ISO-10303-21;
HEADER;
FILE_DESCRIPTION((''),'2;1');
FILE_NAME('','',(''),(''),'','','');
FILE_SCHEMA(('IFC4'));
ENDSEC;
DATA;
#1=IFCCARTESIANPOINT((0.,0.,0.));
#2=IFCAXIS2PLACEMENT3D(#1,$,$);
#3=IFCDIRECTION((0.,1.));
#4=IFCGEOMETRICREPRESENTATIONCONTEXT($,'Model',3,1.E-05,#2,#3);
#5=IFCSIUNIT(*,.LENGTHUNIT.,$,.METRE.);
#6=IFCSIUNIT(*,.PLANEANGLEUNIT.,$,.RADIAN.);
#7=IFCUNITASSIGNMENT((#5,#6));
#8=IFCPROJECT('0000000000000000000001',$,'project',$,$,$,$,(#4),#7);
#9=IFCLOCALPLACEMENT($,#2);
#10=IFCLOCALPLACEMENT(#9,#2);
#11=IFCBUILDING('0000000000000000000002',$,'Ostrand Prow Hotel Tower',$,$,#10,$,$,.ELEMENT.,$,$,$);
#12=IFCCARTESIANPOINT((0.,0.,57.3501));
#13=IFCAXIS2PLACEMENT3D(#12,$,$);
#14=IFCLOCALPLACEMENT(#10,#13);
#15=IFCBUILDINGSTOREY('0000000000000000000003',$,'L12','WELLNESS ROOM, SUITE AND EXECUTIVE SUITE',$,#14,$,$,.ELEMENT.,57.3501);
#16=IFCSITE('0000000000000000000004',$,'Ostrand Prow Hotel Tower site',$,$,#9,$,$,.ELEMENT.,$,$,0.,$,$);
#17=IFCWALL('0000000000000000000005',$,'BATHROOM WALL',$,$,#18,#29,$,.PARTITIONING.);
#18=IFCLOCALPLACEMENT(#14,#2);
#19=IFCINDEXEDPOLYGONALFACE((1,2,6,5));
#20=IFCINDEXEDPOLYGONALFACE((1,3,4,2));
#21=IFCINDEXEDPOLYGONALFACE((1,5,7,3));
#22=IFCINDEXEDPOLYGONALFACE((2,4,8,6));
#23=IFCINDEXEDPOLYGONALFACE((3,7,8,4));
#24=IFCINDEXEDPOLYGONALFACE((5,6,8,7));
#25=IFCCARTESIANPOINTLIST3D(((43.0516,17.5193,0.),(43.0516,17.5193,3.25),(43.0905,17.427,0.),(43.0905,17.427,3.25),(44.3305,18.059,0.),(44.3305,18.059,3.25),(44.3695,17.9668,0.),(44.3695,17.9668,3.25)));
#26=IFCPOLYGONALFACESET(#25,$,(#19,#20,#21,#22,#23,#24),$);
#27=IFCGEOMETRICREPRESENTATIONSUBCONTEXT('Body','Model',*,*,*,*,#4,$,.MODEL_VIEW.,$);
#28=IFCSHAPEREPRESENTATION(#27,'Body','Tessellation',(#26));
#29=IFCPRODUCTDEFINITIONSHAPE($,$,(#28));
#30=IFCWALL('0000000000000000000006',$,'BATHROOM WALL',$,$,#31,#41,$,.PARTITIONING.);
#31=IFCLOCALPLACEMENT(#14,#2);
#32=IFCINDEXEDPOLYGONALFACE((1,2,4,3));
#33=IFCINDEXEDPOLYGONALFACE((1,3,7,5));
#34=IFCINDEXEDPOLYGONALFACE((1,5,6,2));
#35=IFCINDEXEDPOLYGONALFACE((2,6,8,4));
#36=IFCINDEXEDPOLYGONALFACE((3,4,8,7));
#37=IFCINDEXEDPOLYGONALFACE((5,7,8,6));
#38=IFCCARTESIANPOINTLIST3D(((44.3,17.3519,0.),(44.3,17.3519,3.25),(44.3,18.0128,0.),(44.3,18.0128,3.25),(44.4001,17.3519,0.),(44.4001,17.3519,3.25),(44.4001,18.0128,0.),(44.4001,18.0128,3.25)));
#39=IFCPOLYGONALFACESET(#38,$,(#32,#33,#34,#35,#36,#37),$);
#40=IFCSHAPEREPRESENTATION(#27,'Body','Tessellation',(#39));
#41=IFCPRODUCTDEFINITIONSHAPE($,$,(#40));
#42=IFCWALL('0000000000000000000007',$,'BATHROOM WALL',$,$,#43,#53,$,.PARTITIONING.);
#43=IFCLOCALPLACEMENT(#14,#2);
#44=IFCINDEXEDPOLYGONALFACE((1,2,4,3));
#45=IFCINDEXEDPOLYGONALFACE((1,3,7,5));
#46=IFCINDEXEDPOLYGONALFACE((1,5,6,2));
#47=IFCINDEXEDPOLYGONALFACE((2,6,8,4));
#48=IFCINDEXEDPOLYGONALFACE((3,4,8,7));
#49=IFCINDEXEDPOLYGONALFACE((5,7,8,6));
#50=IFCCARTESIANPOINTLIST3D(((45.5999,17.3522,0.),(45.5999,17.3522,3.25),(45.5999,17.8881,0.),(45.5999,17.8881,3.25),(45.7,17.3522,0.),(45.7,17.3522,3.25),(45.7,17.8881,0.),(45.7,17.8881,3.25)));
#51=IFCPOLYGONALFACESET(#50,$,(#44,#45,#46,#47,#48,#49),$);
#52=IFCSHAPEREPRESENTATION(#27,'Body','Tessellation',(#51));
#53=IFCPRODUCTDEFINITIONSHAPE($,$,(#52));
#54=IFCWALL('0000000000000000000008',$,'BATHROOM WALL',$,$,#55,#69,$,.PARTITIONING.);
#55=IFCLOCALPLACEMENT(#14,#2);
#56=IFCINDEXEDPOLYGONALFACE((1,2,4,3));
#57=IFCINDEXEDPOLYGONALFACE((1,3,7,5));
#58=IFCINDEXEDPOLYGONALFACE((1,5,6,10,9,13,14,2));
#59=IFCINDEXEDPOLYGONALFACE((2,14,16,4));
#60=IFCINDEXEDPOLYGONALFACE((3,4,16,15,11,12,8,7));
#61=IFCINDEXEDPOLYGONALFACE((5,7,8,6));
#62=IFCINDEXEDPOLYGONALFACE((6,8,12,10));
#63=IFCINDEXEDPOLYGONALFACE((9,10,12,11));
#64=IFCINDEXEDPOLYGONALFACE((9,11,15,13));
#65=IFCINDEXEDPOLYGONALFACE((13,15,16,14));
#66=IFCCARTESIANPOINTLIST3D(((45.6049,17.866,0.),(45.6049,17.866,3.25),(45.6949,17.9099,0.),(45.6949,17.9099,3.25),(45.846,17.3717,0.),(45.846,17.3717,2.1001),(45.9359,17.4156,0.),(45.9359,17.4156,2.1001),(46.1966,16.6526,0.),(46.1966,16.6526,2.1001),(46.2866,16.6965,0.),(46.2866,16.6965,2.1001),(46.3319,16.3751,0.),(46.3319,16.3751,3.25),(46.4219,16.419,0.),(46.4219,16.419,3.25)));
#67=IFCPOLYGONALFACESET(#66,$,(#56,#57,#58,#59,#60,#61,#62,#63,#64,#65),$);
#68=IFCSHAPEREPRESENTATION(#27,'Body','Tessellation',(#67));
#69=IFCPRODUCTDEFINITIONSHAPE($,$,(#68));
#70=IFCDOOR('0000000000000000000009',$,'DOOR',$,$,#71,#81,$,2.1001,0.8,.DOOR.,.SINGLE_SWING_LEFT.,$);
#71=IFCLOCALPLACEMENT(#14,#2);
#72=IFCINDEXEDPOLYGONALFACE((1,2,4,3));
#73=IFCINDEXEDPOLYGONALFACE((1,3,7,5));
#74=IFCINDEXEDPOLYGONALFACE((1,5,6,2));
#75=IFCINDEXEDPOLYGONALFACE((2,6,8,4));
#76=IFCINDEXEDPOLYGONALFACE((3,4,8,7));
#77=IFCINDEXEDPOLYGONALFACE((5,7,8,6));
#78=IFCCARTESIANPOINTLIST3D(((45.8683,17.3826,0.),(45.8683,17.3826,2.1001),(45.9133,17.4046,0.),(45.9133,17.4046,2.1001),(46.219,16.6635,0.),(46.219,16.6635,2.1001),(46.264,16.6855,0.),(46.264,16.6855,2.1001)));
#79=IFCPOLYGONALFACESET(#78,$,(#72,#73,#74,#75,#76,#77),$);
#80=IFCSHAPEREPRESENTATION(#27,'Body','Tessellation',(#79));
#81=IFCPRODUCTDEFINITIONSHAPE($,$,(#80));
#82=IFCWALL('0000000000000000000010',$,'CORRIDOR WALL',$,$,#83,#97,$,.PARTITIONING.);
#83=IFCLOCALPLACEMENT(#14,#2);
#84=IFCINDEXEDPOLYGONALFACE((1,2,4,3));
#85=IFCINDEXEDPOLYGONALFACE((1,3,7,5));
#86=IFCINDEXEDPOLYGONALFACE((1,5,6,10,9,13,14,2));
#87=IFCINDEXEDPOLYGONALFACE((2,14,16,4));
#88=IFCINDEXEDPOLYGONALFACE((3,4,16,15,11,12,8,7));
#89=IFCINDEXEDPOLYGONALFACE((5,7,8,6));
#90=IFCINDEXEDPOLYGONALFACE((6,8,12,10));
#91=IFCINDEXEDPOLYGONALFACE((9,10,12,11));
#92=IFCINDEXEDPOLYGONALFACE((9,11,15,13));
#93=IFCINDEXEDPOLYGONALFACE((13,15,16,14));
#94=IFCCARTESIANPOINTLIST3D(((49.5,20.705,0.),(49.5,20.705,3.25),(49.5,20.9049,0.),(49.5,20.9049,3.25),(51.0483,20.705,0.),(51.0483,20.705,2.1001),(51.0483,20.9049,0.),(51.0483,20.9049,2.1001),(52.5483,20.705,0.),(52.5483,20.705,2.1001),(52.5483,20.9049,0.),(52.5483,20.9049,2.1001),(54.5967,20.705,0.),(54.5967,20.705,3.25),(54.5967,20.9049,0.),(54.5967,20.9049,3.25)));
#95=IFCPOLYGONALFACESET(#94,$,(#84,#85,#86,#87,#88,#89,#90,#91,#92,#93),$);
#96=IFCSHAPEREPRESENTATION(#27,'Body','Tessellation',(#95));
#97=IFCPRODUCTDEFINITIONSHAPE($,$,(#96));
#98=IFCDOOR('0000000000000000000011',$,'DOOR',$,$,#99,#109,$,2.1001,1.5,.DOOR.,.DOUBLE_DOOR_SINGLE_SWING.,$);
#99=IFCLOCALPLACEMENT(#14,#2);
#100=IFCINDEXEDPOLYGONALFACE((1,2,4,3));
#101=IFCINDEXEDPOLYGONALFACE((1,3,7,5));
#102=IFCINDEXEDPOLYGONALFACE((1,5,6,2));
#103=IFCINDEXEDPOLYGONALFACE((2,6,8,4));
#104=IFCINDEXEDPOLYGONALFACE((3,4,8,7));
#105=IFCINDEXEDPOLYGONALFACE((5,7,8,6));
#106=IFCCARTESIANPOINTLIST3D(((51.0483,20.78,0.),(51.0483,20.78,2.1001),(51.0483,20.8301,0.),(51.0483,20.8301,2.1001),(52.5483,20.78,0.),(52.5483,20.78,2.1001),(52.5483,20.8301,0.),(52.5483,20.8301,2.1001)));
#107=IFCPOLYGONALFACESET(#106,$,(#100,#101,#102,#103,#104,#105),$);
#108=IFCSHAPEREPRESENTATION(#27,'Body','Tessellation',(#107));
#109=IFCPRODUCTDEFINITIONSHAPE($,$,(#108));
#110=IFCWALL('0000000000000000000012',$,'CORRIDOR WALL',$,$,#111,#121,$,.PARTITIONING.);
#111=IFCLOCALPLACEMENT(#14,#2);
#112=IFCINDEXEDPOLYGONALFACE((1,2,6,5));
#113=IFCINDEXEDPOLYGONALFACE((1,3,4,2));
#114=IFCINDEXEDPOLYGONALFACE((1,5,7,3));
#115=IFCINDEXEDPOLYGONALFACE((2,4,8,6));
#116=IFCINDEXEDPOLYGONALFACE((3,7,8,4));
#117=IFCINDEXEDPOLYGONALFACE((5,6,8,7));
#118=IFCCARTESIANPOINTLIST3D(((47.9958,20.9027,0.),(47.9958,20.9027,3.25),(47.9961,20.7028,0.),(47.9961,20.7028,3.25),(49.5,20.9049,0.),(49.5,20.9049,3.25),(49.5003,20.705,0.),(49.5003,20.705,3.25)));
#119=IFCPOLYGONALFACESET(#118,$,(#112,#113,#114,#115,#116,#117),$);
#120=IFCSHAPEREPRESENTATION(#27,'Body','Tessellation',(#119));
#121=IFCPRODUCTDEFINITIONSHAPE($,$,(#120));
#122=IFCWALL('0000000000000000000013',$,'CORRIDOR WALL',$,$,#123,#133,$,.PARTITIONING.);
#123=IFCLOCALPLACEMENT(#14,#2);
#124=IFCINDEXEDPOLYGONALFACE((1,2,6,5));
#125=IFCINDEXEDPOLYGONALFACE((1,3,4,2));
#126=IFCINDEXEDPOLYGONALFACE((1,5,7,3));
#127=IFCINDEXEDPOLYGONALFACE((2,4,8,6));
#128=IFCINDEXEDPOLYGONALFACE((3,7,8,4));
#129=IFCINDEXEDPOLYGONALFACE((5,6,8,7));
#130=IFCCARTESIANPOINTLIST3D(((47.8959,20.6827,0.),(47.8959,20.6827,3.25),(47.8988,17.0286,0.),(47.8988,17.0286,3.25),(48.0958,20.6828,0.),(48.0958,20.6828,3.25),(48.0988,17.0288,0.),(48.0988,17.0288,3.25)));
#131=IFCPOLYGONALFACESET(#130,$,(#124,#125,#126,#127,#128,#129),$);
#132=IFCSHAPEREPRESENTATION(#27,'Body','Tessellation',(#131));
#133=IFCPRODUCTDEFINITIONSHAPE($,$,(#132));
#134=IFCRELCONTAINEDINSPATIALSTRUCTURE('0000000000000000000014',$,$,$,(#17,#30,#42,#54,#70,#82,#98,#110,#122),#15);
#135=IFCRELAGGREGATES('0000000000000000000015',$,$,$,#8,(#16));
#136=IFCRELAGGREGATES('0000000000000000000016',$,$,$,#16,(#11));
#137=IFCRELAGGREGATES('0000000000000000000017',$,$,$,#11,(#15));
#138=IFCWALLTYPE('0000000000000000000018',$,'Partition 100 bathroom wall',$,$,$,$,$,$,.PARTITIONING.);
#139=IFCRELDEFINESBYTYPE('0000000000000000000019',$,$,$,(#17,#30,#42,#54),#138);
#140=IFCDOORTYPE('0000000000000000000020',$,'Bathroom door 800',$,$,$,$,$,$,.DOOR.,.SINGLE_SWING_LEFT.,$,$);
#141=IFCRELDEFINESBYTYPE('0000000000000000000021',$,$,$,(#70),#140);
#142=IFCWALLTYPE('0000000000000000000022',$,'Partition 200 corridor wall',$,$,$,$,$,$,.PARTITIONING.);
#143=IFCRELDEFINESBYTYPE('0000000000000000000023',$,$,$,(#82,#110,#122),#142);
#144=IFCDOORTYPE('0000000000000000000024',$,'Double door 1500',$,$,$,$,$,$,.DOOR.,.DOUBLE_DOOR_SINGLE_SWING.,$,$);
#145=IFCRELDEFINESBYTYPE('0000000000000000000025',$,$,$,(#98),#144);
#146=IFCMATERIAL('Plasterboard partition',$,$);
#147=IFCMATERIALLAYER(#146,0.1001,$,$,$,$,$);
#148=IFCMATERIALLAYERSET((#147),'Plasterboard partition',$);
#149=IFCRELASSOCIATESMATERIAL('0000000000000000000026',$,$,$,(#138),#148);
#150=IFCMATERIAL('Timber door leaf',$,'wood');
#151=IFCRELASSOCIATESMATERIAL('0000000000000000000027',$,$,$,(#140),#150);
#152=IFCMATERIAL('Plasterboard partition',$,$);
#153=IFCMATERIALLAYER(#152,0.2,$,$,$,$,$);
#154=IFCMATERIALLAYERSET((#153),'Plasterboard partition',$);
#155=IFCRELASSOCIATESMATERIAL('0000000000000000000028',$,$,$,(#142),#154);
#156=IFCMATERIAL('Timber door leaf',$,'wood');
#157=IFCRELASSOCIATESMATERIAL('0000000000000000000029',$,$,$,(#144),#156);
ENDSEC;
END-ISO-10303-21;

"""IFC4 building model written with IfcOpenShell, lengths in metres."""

from ifc_helpers import new_model, si_unit, direction, frame, frame_2d, origin, place, context, subcontext, project, spatial, rectangle, extrude, material, layer, layer_set, type_object, element, fill, save


model = new_model("IFC4")

# Units and contexts
model_context = context("Model", 3, precision=1e-05, world=origin(), true_north=direction((0.0, 1.0)))
body_context = subcontext(model_context, "Body", "Model", "MODEL_VIEW")
ifc_project = project(units=[si_unit("LENGTHUNIT", "METRE"), si_unit("PLANEANGLEUNIT", "RADIAN")], contexts=[model_context])

# Site, building, storey
site_placement = place(None, origin())
site = spatial("IfcSite", under=ifc_project, at=site_placement, Name="Ostrand Prow Hotel Tower site", CompositionType="ELEMENT", RefElevation=0.0)
building_placement = place(site_placement, origin())
building = spatial("IfcBuilding", under=site, at=building_placement, Name="Ostrand Prow Hotel Tower", CompositionType="ELEMENT")
storey_placement = place(building_placement, frame((0.0, 0.0, 57.3501)))
storey = spatial("IfcBuildingStorey", under=building, at=storey_placement, Name="L12", Description="WELLNESS ROOM, SUITE AND EXECUTIVE SUITE", CompositionType="ELEMENT", Elevation=57.3501)

# Walls
ifc_material_1 = material(Name="Plasterboard partition")
ifc_layer_1 = layer(ifc_material_1, 0.1001)
ifc_layer_set_1 = layer_set([ifc_layer_1], Name="Plasterboard partition")
wall_type_1 = type_object("IfcWallType", Name="Partition 100 bathroom wall", PredefinedType="PARTITIONING", material=ifc_layer_set_1)
wall_1_placement = place(storey_placement, frame((43.071, 17.4731, 0.0), z_axis=(0.0, 0.0, 1.0), x_axis=(0.921314, 0.388819, 0.0)))
element("IfcWall", 1, at=wall_1_placement, inside=storey, type_object=wall_type_1, Name="BATHROOM WALL", PredefinedType="PARTITIONING", context=body_context, shape_type="SweptSolid", body=[
    extrude(rectangle(XDim=1.3882, YDim=0.1001, at=frame_2d((0.6941, 0.0))), origin(), (0.0, 0.0, 1.0), 3.25),
])
wall_2_placement = place(storey_placement, frame((44.3501, 18.0129, 0.0), z_axis=(0.0, 0.0, 1.0), x_axis=(0.0, -1.0, 0.0)))
element("IfcWall", 2, at=wall_2_placement, inside=storey, type_object=wall_type_1, Name="BATHROOM WALL", PredefinedType="PARTITIONING", context=body_context, shape_type="SweptSolid", body=[
    extrude(rectangle(XDim=0.6609, YDim=0.1001, at=frame_2d((0.3306, 0.0))), origin(), (0.0, 0.0, 1.0), 3.25),
])
wall_3_placement = place(storey_placement, frame((45.6499, 17.3521, 0.0), z_axis=(0.0, 0.0, 1.0), x_axis=(0.0, 1.0, 0.0)))
element("IfcWall", 3, at=wall_3_placement, inside=storey, type_object=wall_type_1, Name="BATHROOM WALL", PredefinedType="PARTITIONING", context=body_context, shape_type="SweptSolid", body=[
    extrude(rectangle(XDim=0.5359, YDim=0.1001, at=frame_2d((0.2681, 0.0))), origin(), (0.0, 0.0, 1.0), 3.25),
])

# Walls, openings, doors
wall_4_placement = place(storey_placement, frame((45.6499, 17.8879, 0.0), z_axis=(0.0, 0.0, 1.0), x_axis=(0.438302, -0.898828, 0.0)))
wall_4 = element("IfcWall", 4, at=wall_4_placement, inside=storey, type_object=wall_type_1, Name="BATHROOM WALL", PredefinedType="PARTITIONING", context=body_context, shape_type="SweptSolid", body=[
    extrude(rectangle(XDim=1.6587, YDim=0.1001, at=frame_2d((0.8293, 0.0))), origin(), (0.0, 0.0, 1.0), 3.25),
])
opening_1_placement = place(wall_4_placement, frame((0.55, 0.0, 0.0)))
opening_1 = element("IfcOpeningElement", 5, at=opening_1_placement, cuts=wall_4, PredefinedType="OPENING", context=body_context, shape_type="SweptSolid", body=[
    extrude(rectangle(XDim=0.8, YDim=2.1001, at=frame_2d((0.3999, 1.05))), frame((0.0, 0.0601, 0.0), z_axis=(0.0, -1.0, 0.0), x_axis=(1.0, 0.0, 0.0)), (0.0, 0.0, 1.0), 0.1201),
])
ifc_material_2 = material(Name="Timber door leaf", Category="wood")
door_type_1 = type_object("IfcDoorType", Name="Bathroom door 800", OperationType="SINGLE_SWING_LEFT", PredefinedType="DOOR", material=ifc_material_2)
door_1_placement = place(opening_1_placement, origin())
door_1 = element("IfcDoor", 6, at=door_1_placement, inside=storey, type_object=door_type_1, Name="DOOR", OperationType="SINGLE_SWING_LEFT", OverallHeight=2.1001, OverallWidth=0.8, PredefinedType="DOOR", context=body_context, shape_type="SweptSolid", body=[
    extrude(rectangle(XDim=0.8, YDim=2.1001, at=frame_2d((0.3999, 1.05))), frame((0.0, 0.0249, 0.0), z_axis=(0.0, -1.0, 0.0), x_axis=(1.0, 0.0, 0.0)), (0.0, 0.0, 1.0), 0.05),
])
fill(opening_1, door_1)
ifc_material_3 = material(Name="Plasterboard partition")
ifc_layer_2 = layer(ifc_material_3, 0.2)
ifc_layer_set_2 = layer_set([ifc_layer_2], Name="Plasterboard partition")
wall_type_2 = type_object("IfcWallType", Name="Partition 200 corridor wall", PredefinedType="PARTITIONING", material=ifc_layer_set_2)
wall_5_placement = place(storey_placement, frame((54.5967, 20.8049, 0.0), z_axis=(0.0, 0.0, 1.0), x_axis=(-1.0, 0.0, 0.0)))
wall_5 = element("IfcWall", 7, at=wall_5_placement, inside=storey, type_object=wall_type_2, Name="CORRIDOR WALL", PredefinedType="PARTITIONING", context=body_context, shape_type="SweptSolid", body=[
    extrude(rectangle(XDim=5.0967, YDim=0.2, at=frame_2d((2.5483, 0.0))), origin(), (0.0, 0.0, 1.0), 3.25),
])
opening_2_placement = place(wall_5_placement, frame((2.0483, 0.0, 0.0)))
opening_2 = element("IfcOpeningElement", 8, at=opening_2_placement, cuts=wall_5, PredefinedType="OPENING", context=body_context, shape_type="SweptSolid", body=[
    extrude(rectangle(XDim=1.5, YDim=2.1001, at=frame_2d((0.75, 1.05))), frame((0.0, 0.1099, 0.0), z_axis=(0.0, -1.0, 0.0), x_axis=(1.0, 0.0, 0.0)), (0.0, 0.0, 1.0), 0.22),
])
ifc_material_4 = material(Name="Timber door leaf", Category="wood")
door_type_2 = type_object("IfcDoorType", Name="Double door 1500", OperationType="DOUBLE_DOOR_SINGLE_SWING", PredefinedType="DOOR", material=ifc_material_4)
door_2_placement = place(opening_2_placement, origin())
door_2 = element("IfcDoor", 9, at=door_2_placement, inside=storey, type_object=door_type_2, Name="DOOR", OperationType="DOUBLE_DOOR_SINGLE_SWING", OverallHeight=2.1001, OverallWidth=1.5, PredefinedType="DOOR", context=body_context, shape_type="SweptSolid", body=[
    extrude(rectangle(XDim=1.5, YDim=2.1001, at=frame_2d((0.75, 1.05))), frame((0.0, 0.0249, 0.0), z_axis=(0.0, -1.0, 0.0), x_axis=(1.0, 0.0, 0.0)), (0.0, 0.0, 1.0), 0.05),
])
fill(opening_2, door_2)

# Walls
wall_6_placement = place(storey_placement, frame((49.5, 20.8049, 0.0), z_axis=(0.0, 0.0, 1.0), x_axis=(-0.999999, -0.001461, 0.0)))
element("IfcWall", 10, at=wall_6_placement, inside=storey, type_object=wall_type_2, Name="CORRIDOR WALL", PredefinedType="PARTITIONING", context=body_context, shape_type="SweptSolid", body=[
    extrude(rectangle(XDim=1.5042, YDim=0.2, at=frame_2d((0.752, 0.0))), origin(), (0.0, 0.0, 1.0), 3.25),
])
wall_7_placement = place(storey_placement, frame((47.9958, 20.6829, 0.0), z_axis=(0.0, 0.0, 1.0), x_axis=(0.000802, -1.0, 0.0)))
element("IfcWall", 11, at=wall_7_placement, inside=storey, type_object=wall_type_2, Name="CORRIDOR WALL", PredefinedType="PARTITIONING", context=body_context, shape_type="SweptSolid", body=[
    extrude(rectangle(XDim=3.6541, YDim=0.2, at=frame_2d((1.8271, 0.0))), origin(), (0.0, 0.0, 1.0), 3.25),
])

save(model, "model.ifc")
